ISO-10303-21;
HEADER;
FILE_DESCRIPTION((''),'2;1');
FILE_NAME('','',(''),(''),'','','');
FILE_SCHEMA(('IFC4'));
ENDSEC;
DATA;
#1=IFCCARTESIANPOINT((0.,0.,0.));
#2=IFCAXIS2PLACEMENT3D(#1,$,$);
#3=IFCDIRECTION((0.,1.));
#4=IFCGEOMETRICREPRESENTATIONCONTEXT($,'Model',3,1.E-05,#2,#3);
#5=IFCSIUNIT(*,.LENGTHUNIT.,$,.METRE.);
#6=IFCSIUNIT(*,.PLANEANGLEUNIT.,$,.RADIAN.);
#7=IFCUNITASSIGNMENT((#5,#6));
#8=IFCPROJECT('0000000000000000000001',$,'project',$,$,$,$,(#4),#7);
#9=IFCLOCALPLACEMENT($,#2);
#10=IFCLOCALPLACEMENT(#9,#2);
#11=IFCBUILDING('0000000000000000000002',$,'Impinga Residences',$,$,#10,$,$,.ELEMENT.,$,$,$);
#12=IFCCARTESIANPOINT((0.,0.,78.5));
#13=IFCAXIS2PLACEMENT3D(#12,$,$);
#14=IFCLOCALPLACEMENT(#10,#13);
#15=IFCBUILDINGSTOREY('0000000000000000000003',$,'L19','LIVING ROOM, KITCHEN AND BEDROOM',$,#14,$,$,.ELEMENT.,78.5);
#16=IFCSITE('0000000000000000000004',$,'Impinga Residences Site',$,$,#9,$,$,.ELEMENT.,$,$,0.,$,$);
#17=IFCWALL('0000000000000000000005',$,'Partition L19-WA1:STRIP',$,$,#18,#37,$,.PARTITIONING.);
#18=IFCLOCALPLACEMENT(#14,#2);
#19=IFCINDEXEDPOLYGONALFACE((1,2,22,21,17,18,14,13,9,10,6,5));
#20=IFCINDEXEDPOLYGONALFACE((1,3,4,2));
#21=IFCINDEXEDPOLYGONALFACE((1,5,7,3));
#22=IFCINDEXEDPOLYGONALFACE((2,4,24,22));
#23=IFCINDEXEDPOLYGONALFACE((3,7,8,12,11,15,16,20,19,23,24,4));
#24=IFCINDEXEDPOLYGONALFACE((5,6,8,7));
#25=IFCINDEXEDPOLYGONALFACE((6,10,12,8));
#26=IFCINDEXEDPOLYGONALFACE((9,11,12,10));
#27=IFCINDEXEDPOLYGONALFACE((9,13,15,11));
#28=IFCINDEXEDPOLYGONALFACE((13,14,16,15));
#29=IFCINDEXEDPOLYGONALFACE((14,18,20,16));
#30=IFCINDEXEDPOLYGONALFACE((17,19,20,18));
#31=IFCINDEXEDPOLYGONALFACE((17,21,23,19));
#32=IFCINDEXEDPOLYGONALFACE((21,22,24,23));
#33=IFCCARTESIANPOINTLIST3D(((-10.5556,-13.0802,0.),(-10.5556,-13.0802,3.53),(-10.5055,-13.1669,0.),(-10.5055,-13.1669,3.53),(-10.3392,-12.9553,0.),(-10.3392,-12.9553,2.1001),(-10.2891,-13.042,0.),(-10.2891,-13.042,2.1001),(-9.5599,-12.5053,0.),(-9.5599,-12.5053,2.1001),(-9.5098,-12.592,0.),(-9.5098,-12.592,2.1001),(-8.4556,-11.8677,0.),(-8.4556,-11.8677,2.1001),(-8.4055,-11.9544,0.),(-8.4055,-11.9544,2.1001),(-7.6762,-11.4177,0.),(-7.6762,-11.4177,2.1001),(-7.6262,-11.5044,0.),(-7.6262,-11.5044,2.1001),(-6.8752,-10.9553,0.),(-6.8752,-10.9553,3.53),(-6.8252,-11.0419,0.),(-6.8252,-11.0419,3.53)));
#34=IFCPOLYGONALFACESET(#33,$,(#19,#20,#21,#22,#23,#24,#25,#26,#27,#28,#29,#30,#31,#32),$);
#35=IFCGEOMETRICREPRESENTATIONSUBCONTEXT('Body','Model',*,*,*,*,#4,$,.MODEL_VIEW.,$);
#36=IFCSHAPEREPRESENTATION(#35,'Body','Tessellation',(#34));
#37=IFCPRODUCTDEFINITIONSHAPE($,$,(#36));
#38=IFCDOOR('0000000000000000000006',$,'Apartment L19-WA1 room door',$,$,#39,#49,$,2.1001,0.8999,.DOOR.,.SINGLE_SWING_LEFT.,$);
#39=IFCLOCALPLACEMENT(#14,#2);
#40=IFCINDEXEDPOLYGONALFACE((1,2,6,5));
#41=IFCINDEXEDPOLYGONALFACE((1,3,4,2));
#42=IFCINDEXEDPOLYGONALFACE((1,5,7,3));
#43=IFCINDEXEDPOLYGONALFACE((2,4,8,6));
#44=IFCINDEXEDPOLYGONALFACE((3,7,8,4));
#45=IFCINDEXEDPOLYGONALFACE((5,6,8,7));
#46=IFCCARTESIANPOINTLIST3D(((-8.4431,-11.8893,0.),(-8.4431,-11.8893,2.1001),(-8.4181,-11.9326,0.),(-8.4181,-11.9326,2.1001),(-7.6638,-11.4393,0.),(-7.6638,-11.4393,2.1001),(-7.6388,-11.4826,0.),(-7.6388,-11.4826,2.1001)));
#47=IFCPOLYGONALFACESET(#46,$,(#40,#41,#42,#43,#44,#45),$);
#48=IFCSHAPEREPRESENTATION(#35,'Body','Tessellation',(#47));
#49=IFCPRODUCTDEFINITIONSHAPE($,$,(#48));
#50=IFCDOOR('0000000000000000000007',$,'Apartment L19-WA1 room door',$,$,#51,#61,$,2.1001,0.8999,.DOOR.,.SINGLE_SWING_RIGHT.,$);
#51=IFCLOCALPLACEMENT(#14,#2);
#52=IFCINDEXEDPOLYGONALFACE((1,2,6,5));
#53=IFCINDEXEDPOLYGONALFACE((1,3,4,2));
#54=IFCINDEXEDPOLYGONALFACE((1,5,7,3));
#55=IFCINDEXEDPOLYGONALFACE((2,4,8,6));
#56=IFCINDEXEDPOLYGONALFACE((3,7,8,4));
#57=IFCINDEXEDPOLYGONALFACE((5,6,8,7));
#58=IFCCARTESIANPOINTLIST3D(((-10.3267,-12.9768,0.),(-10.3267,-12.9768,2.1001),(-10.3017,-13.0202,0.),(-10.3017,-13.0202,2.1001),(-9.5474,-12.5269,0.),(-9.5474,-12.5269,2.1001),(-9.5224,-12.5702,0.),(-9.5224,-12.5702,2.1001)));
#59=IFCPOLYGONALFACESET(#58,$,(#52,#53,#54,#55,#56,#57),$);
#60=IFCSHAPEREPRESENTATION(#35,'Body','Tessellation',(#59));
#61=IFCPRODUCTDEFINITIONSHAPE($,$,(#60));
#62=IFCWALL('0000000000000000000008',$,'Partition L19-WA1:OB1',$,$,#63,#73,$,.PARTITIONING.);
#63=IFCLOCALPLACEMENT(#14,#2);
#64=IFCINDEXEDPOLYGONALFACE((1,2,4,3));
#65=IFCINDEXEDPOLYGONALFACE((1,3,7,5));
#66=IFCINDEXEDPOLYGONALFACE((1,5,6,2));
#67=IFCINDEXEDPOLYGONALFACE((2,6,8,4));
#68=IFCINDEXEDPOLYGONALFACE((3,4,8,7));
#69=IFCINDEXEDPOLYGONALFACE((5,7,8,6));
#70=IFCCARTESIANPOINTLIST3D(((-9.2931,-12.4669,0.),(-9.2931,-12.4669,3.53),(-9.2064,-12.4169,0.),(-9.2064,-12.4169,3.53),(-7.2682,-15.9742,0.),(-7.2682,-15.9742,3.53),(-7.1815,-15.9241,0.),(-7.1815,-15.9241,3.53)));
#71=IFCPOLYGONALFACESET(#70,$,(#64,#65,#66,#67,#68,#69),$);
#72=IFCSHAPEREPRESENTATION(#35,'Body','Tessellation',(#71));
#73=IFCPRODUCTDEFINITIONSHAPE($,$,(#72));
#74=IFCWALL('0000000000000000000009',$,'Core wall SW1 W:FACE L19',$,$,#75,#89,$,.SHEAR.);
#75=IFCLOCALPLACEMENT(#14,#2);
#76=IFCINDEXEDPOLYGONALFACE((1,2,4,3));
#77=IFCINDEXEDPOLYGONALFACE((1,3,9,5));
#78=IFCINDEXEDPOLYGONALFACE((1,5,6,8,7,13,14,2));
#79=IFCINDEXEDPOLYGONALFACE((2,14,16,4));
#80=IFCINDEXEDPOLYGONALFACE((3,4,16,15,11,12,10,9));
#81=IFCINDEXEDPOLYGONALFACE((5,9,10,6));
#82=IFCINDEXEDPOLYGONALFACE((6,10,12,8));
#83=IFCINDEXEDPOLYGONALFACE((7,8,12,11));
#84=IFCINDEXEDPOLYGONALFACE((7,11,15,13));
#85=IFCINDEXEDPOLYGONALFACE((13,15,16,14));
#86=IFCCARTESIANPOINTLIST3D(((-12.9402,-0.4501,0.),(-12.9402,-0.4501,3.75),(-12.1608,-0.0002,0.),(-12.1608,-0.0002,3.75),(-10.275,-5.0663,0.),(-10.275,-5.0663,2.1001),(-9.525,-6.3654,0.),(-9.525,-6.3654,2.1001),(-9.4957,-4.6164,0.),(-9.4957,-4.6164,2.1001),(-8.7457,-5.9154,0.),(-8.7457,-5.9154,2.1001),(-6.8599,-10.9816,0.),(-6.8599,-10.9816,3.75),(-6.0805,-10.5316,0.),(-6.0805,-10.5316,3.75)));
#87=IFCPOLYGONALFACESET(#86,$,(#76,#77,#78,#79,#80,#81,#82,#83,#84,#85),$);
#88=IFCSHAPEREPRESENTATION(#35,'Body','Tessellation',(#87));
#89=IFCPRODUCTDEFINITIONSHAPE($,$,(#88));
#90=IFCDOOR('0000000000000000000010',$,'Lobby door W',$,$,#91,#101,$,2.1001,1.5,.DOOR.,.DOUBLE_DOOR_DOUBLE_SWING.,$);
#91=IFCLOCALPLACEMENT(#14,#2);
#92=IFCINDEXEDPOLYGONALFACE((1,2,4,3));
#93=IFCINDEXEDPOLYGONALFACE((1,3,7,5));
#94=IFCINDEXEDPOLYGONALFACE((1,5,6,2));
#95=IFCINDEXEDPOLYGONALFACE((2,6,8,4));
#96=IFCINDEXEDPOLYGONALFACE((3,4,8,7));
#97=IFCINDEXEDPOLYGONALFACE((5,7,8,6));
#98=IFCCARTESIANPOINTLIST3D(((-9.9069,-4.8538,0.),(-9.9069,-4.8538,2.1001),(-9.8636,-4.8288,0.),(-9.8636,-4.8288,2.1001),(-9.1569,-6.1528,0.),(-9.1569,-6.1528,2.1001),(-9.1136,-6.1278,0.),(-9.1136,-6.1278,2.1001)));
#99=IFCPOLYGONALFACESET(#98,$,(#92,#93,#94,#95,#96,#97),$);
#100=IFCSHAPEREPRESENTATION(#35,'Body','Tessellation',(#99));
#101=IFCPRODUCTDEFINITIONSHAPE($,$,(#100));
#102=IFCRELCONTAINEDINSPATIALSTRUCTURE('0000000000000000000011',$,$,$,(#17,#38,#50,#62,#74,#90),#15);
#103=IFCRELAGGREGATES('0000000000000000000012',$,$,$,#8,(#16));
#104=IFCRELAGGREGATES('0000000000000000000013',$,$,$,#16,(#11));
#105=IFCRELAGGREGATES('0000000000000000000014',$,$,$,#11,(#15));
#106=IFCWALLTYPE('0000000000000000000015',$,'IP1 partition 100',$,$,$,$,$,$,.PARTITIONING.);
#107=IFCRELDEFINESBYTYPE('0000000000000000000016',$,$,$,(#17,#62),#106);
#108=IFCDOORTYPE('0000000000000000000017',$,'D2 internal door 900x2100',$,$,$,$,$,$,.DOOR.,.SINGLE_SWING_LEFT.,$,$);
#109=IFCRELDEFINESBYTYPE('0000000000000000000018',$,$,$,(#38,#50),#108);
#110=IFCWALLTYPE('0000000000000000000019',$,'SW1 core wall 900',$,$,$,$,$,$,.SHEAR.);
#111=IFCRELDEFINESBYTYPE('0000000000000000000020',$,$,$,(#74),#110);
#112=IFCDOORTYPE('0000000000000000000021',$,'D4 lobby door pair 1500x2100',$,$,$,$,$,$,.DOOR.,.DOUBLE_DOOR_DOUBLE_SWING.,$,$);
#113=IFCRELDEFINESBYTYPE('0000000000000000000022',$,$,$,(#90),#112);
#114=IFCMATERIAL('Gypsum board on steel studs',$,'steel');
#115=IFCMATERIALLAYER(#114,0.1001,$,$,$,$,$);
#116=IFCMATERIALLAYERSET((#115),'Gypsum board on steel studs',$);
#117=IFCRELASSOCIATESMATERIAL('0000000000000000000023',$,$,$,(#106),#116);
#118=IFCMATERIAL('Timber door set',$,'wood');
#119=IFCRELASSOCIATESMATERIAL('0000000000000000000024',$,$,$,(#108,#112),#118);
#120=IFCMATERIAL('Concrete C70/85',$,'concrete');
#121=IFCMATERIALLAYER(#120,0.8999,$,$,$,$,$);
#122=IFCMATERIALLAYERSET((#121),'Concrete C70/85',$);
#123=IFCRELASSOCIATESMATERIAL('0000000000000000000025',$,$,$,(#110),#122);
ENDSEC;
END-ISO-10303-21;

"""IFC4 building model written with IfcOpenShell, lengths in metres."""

from ifc_helpers import new_model, si_unit, direction, frame, frame_2d, origin, place, context, subcontext, project, spatial, rectangle, extrude, material, layer, layer_set, type_object, element, fill, save


model = new_model("IFC4")

# Units and contexts
model_context = context("Model", 3, precision=1e-05, world=origin(), true_north=direction((0.0, 1.0)))
body_context = subcontext(model_context, "Body", "Model", "MODEL_VIEW")
ifc_project = project(units=[si_unit("LENGTHUNIT", "METRE"), si_unit("PLANEANGLEUNIT", "RADIAN")], contexts=[model_context])

# Site, building, storey
site_placement = place(None, origin())
site = spatial("IfcSite", under=ifc_project, at=site_placement, Name="Impinga Residences Site", CompositionType="ELEMENT", RefElevation=0.0)
building_placement = place(site_placement, origin())
building = spatial("IfcBuilding", under=site, at=building_placement, Name="Impinga Residences", CompositionType="ELEMENT")
storey_placement = place(building_placement, frame((0.0, 0.0, 78.5)))
storey = spatial("IfcBuildingStorey", under=building, at=storey_placement, Name="L19", Description="LIVING ROOM, KITCHEN AND BEDROOM", CompositionType="ELEMENT", Elevation=78.5)

# Shared definitions
ifc_material_1 = material(Name="Concrete C70/85", Category="concrete")
ifc_material_2 = material(Name="Timber door set", Category="wood")

# Shared definitions
ifc_material_3 = material(Name="Gypsum board on steel studs", Category="steel")
ifc_layer_1 = layer(ifc_material_3, 0.1001)
ifc_layer_set_1 = layer_set([ifc_layer_1], Name="Gypsum board on steel studs")
wall_type_1 = type_object("IfcWallType", Name="IP1 partition 100", PredefinedType="PARTITIONING", material=ifc_layer_set_1)

# Wall, openings, doors
wall_1_placement = place(storey_placement, frame((-6.8501, -10.9985, 0.0), z_axis=(0.0, 0.0, 1.0), x_axis=(-0.866014, -0.500019, 0.0)))
wall_1 = element("IfcWall", 1, at=wall_1_placement, inside=storey, type_object=wall_type_1, Name="Partition L19-WA1:STRIP", PredefinedType="PARTITIONING", context=body_context, shape_type="SweptSolid", body=[
    extrude(rectangle(XDim=4.2498, YDim=0.1001, at=frame_2d((2.125, 0.0))), origin(), (0.0, 0.0, 1.0), 3.53),
])
opening_1_placement = place(wall_1_placement, frame((0.925, 0.0, 0.0)))
opening_1 = element("IfcOpeningElement", 2, at=opening_1_placement, cuts=wall_1, PredefinedType="OPENING", context=body_context, shape_type="SweptSolid", body=[
    extrude(rectangle(XDim=0.8999, YDim=2.1001, at=frame_2d((0.45, 1.05))), frame((0.0, 0.0601, 0.0), z_axis=(0.0, -1.0, 0.0), x_axis=(1.0, 0.0, 0.0)), (0.0, 0.0, 1.0), 0.1201),
])
opening_2_placement = place(wall_1_placement, frame((3.1001, 0.0, 0.0)))
opening_2 = element("IfcOpeningElement", 3, at=opening_2_placement, cuts=wall_1, PredefinedType="OPENING", context=body_context, shape_type="SweptSolid", body=[
    extrude(rectangle(XDim=0.8999, YDim=2.1001, at=frame_2d((0.45, 1.05))), frame((0.0, 0.0601, 0.0), z_axis=(0.0, -1.0, 0.0), x_axis=(1.0, 0.0, 0.0)), (0.0, 0.0, 1.0), 0.1201),
])
door_type_1 = type_object("IfcDoorType", Name="D2 internal door 900x2100", OperationType="SINGLE_SWING_LEFT", PredefinedType="DOOR", material=ifc_material_2)
door_1_placement = place(opening_1_placement, origin())
door_1 = element("IfcDoor", 4, at=door_1_placement, inside=storey, type_object=door_type_1, Name="Apartment L19-WA1 room door", OperationType="SINGLE_SWING_LEFT", OverallHeight=2.1001, OverallWidth=0.8999, PredefinedType="DOOR", context=body_context, shape_type="SweptSolid", body=[
    extrude(rectangle(XDim=0.8999, YDim=2.1001, at=frame_2d((0.45, 1.05))), frame((0.0, 0.0249, 0.0), z_axis=(0.0, -1.0, 0.0), x_axis=(1.0, 0.0, 0.0)), (0.0, 0.0, 1.0), 0.05),
])
fill(opening_1, door_1)
door_2_placement = place(opening_2_placement, origin())
door_2 = element("IfcDoor", 5, at=door_2_placement, inside=storey, type_object=door_type_1, Name="Apartment L19-WA1 room door", OperationType="SINGLE_SWING_RIGHT", OverallHeight=2.1001, OverallWidth=0.8999, PredefinedType="DOOR", context=body_context, shape_type="SweptSolid", body=[
    extrude(rectangle(XDim=0.8999, YDim=2.1001, at=frame_2d((0.45, 1.05))), frame((0.0, 0.0249, 0.0), z_axis=(0.0, -1.0, 0.0), x_axis=(1.0, 0.0, 0.0)), (0.0, 0.0, 1.0), 0.05),
])
fill(opening_2, door_2)

# Wall
wall_2_placement = place(storey_placement, frame((-9.2498, -12.4419, 0.0), z_axis=(0.0, 0.0, 1.0), x_axis=(0.49999, -0.866031, 0.0)))
element("IfcWall", 6, at=wall_2_placement, inside=storey, type_object=wall_type_1, Name="Partition L19-WA1:OB1", PredefinedType="PARTITIONING", context=body_context, shape_type="SweptSolid", body=[
    extrude(rectangle(XDim=4.0498, YDim=0.1001, at=frame_2d((2.0249, 0.0))), origin(), (0.0, 0.0, 1.0), 3.53),
])

# Wall, opening, door
ifc_layer_2 = layer(ifc_material_1, 0.8999)
ifc_layer_set_2 = layer_set([ifc_layer_2], Name="Concrete C70/85")
wall_type_2 = type_object("IfcWallType", Name="SW1 core wall 900", PredefinedType="SHEAR", material=ifc_layer_set_2)
wall_3_placement = place(storey_placement, frame((-6.4702, -10.7566, 0.0), z_axis=(0.0, 0.0, 1.0), x_axis=(-0.499998, 0.866027, 0.0)))
wall_3 = element("IfcWall", 7, at=wall_3_placement, inside=storey, type_object=wall_type_2, Name="Core wall SW1 W:FACE L19", PredefinedType="SHEAR", context=body_context, shape_type="SweptSolid", body=[
    extrude(rectangle(XDim=12.1606, YDim=0.8999, at=frame_2d((6.0803, 0.0))), origin(), (0.0, 0.0, 1.0), 3.75),
])
opening_3_placement = place(wall_3_placement, frame((5.3303, 0.0, 0.0)))
opening_3 = element("IfcOpeningElement", 8, at=opening_3_placement, cuts=wall_3, PredefinedType="OPENING", context=body_context, shape_type="SweptSolid", body=[
    extrude(rectangle(XDim=1.5, YDim=2.1001, at=frame_2d((0.75, 1.05))), frame((0.0, 0.46, 0.0), z_axis=(0.0, -1.0, 0.0), x_axis=(1.0, 0.0, 0.0)), (0.0, 0.0, 1.0), 0.9199),
])
door_type_2 = type_object("IfcDoorType", Name="D4 lobby door pair 1500x2100", OperationType="DOUBLE_DOOR_DOUBLE_SWING", PredefinedType="DOOR", material=ifc_material_2)
door_3_placement = place(opening_3_placement, origin())
door_3 = element("IfcDoor", 9, at=door_3_placement, inside=storey, type_object=door_type_2, Name="Lobby door W", OperationType="DOUBLE_DOOR_DOUBLE_SWING", OverallHeight=2.1001, OverallWidth=1.5, PredefinedType="DOOR", context=body_context, shape_type="SweptSolid", body=[
    extrude(rectangle(XDim=1.5, YDim=2.1001, at=frame_2d((0.75, 1.05))), frame((0.0, 0.0249, 0.0), z_axis=(0.0, -1.0, 0.0), x_axis=(1.0, 0.0, 0.0)), (0.0, 0.0, 1.0), 0.05),
])
fill(opening_3, door_3)

save(model, "model.ifc")
